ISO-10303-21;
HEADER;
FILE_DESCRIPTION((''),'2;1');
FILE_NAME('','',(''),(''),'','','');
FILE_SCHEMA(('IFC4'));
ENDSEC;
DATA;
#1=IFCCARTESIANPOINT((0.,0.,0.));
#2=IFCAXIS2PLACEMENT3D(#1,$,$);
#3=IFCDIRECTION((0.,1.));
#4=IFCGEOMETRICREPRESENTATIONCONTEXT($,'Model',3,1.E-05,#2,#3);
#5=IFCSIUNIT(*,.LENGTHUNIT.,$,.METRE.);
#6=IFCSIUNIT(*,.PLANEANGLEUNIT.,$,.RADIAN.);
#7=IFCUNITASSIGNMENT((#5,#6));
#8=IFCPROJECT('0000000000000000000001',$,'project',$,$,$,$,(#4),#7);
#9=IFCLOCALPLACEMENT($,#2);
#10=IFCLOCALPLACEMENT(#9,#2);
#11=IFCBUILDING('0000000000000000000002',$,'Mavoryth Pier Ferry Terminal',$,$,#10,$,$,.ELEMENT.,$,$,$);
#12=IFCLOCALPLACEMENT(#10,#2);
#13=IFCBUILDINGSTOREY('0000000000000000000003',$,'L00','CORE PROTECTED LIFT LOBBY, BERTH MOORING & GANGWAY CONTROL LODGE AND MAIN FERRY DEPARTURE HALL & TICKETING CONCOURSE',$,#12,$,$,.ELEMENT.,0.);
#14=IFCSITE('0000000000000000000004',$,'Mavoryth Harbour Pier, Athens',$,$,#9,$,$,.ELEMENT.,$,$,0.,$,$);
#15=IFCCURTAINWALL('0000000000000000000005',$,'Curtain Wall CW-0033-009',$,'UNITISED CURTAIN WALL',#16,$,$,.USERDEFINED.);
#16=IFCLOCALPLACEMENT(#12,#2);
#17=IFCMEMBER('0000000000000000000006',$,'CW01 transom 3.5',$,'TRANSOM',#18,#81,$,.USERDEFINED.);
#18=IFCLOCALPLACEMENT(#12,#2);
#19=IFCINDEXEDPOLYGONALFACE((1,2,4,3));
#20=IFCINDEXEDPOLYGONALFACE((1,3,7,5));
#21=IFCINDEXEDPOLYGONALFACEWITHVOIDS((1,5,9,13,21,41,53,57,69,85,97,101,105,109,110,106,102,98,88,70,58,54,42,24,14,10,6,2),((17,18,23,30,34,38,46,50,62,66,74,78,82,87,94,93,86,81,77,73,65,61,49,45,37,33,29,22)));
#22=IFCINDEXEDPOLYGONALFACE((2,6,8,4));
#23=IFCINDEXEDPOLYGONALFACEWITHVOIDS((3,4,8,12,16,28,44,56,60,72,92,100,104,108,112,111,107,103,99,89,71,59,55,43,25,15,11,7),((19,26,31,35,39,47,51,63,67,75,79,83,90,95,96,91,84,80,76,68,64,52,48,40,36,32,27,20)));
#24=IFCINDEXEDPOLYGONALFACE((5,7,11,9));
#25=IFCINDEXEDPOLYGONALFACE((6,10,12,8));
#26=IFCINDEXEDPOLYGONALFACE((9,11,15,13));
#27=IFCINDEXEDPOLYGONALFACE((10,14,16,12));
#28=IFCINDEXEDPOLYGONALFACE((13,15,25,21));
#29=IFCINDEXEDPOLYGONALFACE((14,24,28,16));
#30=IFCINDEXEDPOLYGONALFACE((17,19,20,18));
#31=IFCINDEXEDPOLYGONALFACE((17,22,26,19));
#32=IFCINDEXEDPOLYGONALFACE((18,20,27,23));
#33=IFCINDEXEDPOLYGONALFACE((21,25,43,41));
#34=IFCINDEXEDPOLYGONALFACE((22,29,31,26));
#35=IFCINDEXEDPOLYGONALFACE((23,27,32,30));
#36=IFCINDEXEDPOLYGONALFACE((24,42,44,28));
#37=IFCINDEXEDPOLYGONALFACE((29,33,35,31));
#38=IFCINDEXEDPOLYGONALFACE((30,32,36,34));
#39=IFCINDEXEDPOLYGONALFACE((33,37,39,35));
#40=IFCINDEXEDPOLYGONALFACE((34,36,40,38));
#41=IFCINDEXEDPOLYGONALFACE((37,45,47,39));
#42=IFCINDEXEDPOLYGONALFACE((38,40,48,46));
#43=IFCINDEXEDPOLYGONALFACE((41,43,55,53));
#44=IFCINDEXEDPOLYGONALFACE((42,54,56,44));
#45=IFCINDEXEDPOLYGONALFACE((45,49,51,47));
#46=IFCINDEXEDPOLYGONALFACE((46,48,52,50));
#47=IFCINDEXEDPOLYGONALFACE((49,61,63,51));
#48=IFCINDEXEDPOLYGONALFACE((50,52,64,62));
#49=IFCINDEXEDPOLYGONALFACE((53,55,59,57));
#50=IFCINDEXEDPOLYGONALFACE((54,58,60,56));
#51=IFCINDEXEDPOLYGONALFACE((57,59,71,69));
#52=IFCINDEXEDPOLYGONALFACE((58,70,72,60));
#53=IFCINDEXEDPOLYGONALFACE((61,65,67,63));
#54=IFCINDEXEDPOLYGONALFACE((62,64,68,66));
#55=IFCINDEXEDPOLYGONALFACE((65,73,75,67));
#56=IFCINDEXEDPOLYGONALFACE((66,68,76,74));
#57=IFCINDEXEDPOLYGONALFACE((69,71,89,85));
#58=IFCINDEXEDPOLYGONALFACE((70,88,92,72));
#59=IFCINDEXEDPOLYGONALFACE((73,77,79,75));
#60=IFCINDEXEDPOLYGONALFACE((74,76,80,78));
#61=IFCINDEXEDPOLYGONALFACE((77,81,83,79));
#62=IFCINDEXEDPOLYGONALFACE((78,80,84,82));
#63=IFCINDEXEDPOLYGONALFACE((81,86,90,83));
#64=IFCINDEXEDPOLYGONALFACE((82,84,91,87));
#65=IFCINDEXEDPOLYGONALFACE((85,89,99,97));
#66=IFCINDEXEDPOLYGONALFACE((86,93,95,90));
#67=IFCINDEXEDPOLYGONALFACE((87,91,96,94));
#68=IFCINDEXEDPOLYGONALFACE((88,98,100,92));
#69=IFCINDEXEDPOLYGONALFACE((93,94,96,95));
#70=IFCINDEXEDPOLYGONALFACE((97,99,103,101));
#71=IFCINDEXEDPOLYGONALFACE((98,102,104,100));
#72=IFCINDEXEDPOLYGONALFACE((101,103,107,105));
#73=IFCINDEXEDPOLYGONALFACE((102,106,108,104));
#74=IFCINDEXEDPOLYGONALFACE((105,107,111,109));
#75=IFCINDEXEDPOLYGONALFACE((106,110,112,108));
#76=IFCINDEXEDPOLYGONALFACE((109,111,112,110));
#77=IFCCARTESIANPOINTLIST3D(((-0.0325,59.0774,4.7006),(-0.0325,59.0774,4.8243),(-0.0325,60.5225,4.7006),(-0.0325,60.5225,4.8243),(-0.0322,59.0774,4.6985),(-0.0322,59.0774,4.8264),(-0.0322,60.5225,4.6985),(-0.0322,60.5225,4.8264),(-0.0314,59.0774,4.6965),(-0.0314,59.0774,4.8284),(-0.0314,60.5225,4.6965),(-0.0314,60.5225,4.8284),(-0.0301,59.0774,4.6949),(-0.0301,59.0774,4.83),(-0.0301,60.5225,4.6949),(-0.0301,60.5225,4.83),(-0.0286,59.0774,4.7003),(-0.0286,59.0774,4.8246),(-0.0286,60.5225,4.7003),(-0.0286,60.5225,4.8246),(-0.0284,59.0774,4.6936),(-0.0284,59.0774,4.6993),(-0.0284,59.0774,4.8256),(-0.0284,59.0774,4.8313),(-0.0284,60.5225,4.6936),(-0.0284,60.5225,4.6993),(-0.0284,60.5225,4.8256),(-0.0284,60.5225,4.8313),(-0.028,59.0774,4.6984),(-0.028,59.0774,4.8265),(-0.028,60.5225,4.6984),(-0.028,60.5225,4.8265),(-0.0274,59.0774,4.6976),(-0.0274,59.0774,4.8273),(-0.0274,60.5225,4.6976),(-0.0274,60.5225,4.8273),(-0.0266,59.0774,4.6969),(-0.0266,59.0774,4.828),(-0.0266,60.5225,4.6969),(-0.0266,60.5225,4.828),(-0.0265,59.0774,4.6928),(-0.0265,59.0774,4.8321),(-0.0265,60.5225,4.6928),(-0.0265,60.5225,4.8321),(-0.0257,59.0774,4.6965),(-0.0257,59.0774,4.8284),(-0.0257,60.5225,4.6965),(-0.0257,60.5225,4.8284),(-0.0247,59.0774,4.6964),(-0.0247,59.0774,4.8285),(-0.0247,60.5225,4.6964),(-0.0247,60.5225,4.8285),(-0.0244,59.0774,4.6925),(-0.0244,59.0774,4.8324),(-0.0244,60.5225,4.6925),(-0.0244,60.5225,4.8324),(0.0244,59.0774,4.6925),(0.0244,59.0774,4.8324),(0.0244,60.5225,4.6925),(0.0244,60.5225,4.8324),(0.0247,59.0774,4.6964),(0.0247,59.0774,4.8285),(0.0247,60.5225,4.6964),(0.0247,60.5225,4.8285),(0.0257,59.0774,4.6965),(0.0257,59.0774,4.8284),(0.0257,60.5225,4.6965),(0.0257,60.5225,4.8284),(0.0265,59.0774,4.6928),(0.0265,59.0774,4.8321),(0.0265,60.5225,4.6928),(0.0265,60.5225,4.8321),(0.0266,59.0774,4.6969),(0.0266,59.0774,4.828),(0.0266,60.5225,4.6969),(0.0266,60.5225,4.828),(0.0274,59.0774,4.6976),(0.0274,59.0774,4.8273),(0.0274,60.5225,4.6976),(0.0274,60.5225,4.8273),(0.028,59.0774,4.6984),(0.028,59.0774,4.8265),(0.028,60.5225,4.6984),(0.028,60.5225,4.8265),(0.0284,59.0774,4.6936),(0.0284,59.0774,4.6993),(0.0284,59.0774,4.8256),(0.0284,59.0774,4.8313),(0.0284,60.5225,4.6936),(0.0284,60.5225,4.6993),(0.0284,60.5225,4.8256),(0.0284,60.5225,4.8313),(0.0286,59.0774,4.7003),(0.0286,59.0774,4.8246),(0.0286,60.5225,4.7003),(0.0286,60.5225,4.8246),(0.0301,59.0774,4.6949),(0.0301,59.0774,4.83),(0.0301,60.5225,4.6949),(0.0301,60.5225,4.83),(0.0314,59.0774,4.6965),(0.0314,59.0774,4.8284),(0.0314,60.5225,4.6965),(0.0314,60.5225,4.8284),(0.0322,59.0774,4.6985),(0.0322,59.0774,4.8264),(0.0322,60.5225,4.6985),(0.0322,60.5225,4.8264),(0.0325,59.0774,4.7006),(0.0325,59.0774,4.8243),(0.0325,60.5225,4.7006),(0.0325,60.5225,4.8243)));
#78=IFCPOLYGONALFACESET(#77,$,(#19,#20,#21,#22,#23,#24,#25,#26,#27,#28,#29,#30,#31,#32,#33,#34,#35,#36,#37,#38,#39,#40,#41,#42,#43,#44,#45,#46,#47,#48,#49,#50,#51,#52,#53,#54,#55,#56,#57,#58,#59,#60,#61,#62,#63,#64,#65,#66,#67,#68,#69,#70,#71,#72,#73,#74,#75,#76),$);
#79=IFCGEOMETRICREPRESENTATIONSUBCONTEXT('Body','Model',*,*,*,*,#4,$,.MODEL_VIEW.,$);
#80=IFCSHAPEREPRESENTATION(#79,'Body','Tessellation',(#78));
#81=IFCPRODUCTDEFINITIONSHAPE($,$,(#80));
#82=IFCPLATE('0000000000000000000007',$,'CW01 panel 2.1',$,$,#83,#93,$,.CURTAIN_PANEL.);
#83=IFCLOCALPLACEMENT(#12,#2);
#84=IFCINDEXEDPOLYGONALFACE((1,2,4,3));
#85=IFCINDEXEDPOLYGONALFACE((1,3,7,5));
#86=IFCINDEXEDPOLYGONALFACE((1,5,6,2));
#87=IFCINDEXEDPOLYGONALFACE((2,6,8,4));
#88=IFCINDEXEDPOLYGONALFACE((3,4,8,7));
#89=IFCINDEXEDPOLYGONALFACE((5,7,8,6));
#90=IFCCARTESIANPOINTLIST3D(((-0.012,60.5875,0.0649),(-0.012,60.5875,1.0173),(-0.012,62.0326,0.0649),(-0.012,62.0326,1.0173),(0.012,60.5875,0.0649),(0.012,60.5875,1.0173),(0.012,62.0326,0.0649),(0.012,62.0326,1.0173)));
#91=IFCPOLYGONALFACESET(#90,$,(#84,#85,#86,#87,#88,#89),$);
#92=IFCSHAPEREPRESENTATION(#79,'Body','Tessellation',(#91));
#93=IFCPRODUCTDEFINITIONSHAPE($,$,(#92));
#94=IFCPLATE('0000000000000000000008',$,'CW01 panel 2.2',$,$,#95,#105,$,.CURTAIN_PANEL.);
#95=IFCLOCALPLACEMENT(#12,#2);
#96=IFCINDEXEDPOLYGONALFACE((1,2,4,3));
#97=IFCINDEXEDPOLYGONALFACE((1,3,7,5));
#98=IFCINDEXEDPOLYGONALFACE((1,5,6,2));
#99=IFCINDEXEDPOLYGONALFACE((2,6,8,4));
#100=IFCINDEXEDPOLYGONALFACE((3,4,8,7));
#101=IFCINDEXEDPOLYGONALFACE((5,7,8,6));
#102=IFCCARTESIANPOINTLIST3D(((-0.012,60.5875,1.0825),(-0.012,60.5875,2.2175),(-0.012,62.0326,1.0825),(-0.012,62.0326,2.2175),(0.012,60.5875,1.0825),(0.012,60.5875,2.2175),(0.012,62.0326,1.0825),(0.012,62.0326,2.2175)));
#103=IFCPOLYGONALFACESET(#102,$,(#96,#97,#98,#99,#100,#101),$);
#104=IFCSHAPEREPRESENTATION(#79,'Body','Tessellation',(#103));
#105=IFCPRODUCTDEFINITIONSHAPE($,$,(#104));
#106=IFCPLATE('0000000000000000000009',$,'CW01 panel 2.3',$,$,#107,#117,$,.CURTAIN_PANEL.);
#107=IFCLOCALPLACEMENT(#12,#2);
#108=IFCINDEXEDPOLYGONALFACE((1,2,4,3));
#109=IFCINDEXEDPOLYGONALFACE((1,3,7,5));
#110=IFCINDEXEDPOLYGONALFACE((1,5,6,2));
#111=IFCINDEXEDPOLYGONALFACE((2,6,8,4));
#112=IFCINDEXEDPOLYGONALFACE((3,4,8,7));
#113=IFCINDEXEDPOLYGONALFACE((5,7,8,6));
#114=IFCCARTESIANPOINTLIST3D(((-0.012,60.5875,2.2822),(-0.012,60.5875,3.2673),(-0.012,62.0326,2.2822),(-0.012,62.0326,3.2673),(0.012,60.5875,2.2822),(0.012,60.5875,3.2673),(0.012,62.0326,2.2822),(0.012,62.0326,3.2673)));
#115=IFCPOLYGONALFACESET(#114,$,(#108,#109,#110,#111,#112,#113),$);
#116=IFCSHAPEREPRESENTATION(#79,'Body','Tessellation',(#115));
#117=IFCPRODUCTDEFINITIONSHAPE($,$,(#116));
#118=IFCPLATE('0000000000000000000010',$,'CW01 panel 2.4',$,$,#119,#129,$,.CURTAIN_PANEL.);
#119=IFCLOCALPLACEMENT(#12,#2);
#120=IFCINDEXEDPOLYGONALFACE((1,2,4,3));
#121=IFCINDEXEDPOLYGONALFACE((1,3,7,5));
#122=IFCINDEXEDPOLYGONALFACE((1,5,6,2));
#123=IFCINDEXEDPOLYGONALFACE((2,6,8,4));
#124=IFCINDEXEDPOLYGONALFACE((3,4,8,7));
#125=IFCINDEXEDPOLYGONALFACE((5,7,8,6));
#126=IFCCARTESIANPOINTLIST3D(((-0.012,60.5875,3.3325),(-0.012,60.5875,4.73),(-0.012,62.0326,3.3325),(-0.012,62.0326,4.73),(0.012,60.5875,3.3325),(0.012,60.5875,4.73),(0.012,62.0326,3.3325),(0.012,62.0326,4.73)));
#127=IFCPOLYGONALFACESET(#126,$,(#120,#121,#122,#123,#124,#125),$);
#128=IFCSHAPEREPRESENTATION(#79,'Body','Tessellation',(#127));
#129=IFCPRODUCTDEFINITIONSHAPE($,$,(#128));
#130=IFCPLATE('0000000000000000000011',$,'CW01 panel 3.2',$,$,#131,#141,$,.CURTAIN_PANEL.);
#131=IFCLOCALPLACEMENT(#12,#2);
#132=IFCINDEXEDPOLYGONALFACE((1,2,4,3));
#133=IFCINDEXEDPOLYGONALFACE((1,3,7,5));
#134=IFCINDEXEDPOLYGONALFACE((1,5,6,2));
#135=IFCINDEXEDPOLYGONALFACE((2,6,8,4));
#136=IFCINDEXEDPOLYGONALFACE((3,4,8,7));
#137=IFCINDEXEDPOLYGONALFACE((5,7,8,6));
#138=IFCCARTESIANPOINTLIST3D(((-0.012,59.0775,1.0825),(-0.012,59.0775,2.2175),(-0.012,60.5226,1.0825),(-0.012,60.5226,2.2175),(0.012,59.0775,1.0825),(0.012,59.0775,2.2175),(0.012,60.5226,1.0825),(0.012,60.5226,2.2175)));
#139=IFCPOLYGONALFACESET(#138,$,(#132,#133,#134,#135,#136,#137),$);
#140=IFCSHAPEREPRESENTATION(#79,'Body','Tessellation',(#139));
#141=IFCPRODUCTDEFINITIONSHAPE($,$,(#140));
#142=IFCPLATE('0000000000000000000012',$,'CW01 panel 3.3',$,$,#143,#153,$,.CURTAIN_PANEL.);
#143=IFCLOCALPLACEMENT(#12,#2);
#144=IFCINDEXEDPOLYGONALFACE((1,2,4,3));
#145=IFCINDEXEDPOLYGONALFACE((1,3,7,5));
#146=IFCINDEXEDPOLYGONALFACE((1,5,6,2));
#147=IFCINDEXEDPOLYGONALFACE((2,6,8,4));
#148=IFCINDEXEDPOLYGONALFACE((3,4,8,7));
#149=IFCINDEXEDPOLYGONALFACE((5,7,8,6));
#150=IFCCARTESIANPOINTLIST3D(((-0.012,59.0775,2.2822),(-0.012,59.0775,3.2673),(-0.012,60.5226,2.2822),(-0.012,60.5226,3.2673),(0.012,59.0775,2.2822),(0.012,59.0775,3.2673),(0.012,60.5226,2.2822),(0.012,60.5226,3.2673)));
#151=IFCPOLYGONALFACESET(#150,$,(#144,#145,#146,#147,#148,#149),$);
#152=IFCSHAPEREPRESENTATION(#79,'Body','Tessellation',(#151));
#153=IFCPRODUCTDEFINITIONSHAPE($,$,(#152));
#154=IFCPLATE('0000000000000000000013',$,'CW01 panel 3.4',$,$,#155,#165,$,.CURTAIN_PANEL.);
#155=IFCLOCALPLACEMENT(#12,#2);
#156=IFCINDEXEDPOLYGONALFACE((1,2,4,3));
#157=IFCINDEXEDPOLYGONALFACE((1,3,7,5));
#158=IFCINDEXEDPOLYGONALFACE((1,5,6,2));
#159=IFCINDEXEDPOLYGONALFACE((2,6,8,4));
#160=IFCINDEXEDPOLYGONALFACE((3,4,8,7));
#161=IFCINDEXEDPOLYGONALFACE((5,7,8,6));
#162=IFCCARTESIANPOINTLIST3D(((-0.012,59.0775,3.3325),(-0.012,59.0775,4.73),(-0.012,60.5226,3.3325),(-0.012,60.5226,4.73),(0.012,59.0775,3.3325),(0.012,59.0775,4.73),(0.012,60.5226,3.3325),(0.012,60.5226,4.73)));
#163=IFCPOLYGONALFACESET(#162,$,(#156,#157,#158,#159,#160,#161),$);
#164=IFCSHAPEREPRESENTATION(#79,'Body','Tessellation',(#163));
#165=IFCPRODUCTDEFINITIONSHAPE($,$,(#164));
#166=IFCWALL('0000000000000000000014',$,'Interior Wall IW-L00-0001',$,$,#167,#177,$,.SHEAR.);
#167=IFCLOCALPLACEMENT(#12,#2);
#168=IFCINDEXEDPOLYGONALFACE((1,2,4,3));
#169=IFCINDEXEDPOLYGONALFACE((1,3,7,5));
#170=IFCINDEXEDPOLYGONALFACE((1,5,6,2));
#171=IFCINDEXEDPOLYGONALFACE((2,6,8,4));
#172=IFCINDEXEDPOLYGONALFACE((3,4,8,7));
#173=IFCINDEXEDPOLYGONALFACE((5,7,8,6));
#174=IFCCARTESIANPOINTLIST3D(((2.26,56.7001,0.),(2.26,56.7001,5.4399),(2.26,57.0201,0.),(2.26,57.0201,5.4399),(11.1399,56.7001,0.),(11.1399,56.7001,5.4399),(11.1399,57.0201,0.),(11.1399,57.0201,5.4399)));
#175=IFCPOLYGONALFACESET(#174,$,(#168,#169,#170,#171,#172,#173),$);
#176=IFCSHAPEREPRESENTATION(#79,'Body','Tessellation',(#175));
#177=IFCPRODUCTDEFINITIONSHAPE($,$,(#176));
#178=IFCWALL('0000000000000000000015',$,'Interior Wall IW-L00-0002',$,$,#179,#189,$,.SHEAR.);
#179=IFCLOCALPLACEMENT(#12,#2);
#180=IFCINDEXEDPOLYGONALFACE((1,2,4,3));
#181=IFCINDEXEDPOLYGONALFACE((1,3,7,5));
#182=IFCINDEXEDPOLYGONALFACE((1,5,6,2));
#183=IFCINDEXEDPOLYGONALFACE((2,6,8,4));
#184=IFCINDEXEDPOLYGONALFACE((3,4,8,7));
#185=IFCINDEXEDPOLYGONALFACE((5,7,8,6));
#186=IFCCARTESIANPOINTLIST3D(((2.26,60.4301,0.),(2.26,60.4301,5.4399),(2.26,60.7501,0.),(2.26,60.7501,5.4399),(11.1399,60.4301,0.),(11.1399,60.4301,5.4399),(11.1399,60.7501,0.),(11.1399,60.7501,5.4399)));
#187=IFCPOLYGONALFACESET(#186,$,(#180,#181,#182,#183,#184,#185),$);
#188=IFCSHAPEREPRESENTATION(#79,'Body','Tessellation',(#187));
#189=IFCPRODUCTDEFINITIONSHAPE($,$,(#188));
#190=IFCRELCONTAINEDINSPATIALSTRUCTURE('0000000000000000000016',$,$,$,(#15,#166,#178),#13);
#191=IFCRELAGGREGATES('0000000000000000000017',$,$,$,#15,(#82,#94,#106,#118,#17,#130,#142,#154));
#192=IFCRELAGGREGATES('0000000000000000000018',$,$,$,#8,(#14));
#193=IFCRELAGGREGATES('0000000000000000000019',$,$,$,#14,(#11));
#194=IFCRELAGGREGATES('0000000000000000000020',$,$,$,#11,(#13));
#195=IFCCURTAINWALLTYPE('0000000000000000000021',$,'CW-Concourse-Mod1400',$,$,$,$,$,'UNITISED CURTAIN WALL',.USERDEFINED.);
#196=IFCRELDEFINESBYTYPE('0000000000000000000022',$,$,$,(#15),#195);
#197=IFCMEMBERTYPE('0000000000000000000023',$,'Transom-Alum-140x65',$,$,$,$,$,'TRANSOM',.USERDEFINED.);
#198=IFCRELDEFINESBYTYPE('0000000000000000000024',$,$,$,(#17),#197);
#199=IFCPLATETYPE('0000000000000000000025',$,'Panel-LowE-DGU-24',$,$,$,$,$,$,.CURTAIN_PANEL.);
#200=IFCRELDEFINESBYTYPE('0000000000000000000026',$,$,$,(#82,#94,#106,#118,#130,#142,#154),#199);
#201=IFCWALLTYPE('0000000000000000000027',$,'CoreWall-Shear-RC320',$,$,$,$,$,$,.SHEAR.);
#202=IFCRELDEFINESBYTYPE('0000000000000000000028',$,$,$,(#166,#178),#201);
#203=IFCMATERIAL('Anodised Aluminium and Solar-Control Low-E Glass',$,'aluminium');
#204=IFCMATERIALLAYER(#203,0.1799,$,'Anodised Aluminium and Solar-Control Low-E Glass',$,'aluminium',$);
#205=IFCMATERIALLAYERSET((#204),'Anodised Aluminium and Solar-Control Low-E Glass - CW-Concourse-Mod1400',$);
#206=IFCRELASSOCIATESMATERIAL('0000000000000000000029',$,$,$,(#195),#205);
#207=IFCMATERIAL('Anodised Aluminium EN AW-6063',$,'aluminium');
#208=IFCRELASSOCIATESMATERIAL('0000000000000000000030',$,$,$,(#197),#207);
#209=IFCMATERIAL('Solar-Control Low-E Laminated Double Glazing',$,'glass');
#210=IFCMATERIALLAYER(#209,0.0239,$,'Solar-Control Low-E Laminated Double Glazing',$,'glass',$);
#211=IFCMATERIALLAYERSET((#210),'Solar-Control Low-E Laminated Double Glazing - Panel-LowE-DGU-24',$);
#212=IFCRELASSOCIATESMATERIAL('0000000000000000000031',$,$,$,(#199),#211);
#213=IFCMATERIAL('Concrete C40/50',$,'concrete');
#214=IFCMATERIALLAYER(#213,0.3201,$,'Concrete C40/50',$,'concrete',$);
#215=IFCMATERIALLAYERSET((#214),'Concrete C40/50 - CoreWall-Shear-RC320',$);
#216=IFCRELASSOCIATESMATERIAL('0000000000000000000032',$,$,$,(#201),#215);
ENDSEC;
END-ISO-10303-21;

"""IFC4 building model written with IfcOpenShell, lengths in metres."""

from ifc_helpers import new_model, si_unit, direction, frame, frame_2d, origin, origin_2d, place, context, subcontext, project, spatial, rectangle, hollow_rectangle, extrude, material, layer, layer_set, material_profile, profile_set, type_object, element, aggregate, save


model = new_model("IFC4")

# Units and contexts
model_context = context("Model", 3, precision=1e-05, world=origin(), true_north=direction((0.0, 1.0)))
body_context = subcontext(model_context, "Body", "Model", "MODEL_VIEW")
ifc_project = project(units=[si_unit("LENGTHUNIT", "METRE"), si_unit("PLANEANGLEUNIT", "RADIAN")], contexts=[model_context])

# Site, building, storey
site_placement = place(None, origin())
site = spatial("IfcSite", under=ifc_project, at=site_placement, Name="Mavoryth Harbour Pier, Athens", CompositionType="ELEMENT", RefElevation=0.0)
building_placement = place(site_placement, origin())
building = spatial("IfcBuilding", under=site, at=building_placement, Name="Mavoryth Pier Ferry Terminal", CompositionType="ELEMENT")
storey_placement = place(building_placement, origin())
storey = spatial("IfcBuildingStorey", under=building, at=storey_placement, Name="L00", Description="CORE PROTECTED LIFT LOBBY, BERTH MOORING & GANGWAY CONTROL LODGE AND MAIN FERRY DEPARTURE HALL & TICKETING CONCOURSE", CompositionType="ELEMENT", Elevation=0.0)

# Curtain wall, member, plates
ifc_material_1 = material(Name="Anodised Aluminium and Solar-Control Low-E Glass", Category="aluminium")
ifc_layer_1 = layer(ifc_material_1, 0.1799, Name="Anodised Aluminium and Solar-Control Low-E Glass", Category="aluminium")
ifc_layer_set_1 = layer_set([ifc_layer_1], Name="Anodised Aluminium and Solar-Control Low-E Glass - CW-Concourse-Mod1400")
curtain_wall_type = type_object("IfcCurtainWallType", Name="CW-Concourse-Mod1400", ElementType="UNITISED CURTAIN WALL", PredefinedType="USERDEFINED", material=ifc_layer_set_1)
curtain_wall_placement = place(storey_placement, origin())
curtain_wall = element("IfcCurtainWall", 1, at=curtain_wall_placement, inside=storey, type_object=curtain_wall_type, Name="Curtain Wall CW-0033-009", ObjectType="UNITISED CURTAIN WALL", PredefinedType="USERDEFINED")
ifc_material_2 = material(Name="Anodised Aluminium EN AW-6063", Category="aluminium")
ifc_material_profile_1 = material_profile(ifc_material_2, hollow_rectangle(XDim=0.0649, YDim=0.1399, WallThickness=0.0039, InnerFilletRadius=0.0039, OuterFilletRadius=0.0081, at=origin_2d()), Name="AL-TRAN 140x65x4", Category="aluminium")
ifc_profile_set_1 = profile_set([ifc_material_profile_1], Name="Anodised Aluminium EN AW-6063 - AL-TRAN 140x65x4")
member_type_1 = type_object("IfcMemberType", Name="Transom-Alum-140x65", ElementType="TRANSOM", PredefinedType="USERDEFINED", material=ifc_profile_set_1)
member_1_placement = place(storey_placement, frame((0.0, 60.5225, 4.7625), z_axis=(0.0, -1.0, 0.0), x_axis=(1.0, 0.0, 0.0)))
member_1 = element("IfcMember", 2, at=member_1_placement, type_object=member_type_1, Name="CW01 transom 3.5", ObjectType="TRANSOM", PredefinedType="USERDEFINED", context=body_context, shape_type="SweptSolid", body=[
    extrude(hollow_rectangle(XDim=0.0649, YDim=0.1399, WallThickness=0.0039, InnerFilletRadius=0.0039, OuterFilletRadius=0.0081, at=origin_2d()), origin(), (0.0, 0.0, 1.0), 1.4451),
])
ifc_material_3 = material(Name="Solar-Control Low-E Laminated Double Glazing", Category="glass")
ifc_layer_2 = layer(ifc_material_3, 0.0239, Name="Solar-Control Low-E Laminated Double Glazing", Category="glass")
ifc_layer_set_2 = layer_set([ifc_layer_2], Name="Solar-Control Low-E Laminated Double Glazing - Panel-LowE-DGU-24")
plate_type = type_object("IfcPlateType", Name="Panel-LowE-DGU-24", PredefinedType="CURTAIN_PANEL", material=ifc_layer_set_2)
plate_1_placement = place(storey_placement, frame((0.0, 61.3101, 0.0649), z_axis=(0.0, 0.0, 1.0), x_axis=(0.0, -1.0, 0.0)))
plate_1 = element("IfcPlate", 3, at=plate_1_placement, type_object=plate_type, Name="CW01 panel 2.1", PredefinedType="CURTAIN_PANEL", context=body_context, shape_type="SweptSolid", body=[
    extrude(rectangle(XDim=1.4451, YDim=0.0239, at=origin_2d()), origin(), (0.0, 0.0, 1.0), 0.9524),
])
plate_2_placement = place(storey_placement, frame((0.0, 61.3101, 1.0825), z_axis=(0.0, 0.0, 1.0), x_axis=(0.0, -1.0, 0.0)))
plate_2 = element("IfcPlate", 4, at=plate_2_placement, type_object=plate_type, Name="CW01 panel 2.2", PredefinedType="CURTAIN_PANEL", context=body_context, shape_type="SweptSolid", body=[
    extrude(rectangle(XDim=1.4451, YDim=0.0239, at=origin_2d()), origin(), (0.0, 0.0, 1.0), 1.135),
])
plate_3_placement = place(storey_placement, frame((0.0, 61.3101, 2.2822), z_axis=(0.0, 0.0, 1.0), x_axis=(0.0, -1.0, 0.0)))
plate_3 = element("IfcPlate", 5, at=plate_3_placement, type_object=plate_type, Name="CW01 panel 2.3", PredefinedType="CURTAIN_PANEL", context=body_context, shape_type="SweptSolid", body=[
    extrude(rectangle(XDim=1.4451, YDim=0.0239, at=origin_2d()), origin(), (0.0, 0.0, 1.0), 0.9851),
])
plate_4_placement = place(storey_placement, frame((0.0, 61.3101, 3.3325), z_axis=(0.0, 0.0, 1.0), x_axis=(0.0, -1.0, 0.0)))
plate_4 = element("IfcPlate", 6, at=plate_4_placement, type_object=plate_type, Name="CW01 panel 2.4", PredefinedType="CURTAIN_PANEL", context=body_context, shape_type="SweptSolid", body=[
    extrude(rectangle(XDim=1.4451, YDim=0.0239, at=origin_2d()), origin(), (0.0, 0.0, 1.0), 1.3975),
])
plate_5_placement = place(storey_placement, frame((0.0, 59.8, 1.0825), z_axis=(0.0, 0.0, 1.0), x_axis=(0.0, -1.0, 0.0)))
plate_5 = element("IfcPlate", 7, at=plate_5_placement, type_object=plate_type, Name="CW01 panel 3.2", PredefinedType="CURTAIN_PANEL", context=body_context, shape_type="SweptSolid", body=[
    extrude(rectangle(XDim=1.4451, YDim=0.0239, at=origin_2d()), origin(), (0.0, 0.0, 1.0), 1.135),
])
plate_6_placement = place(storey_placement, frame((0.0, 59.8, 2.2822), z_axis=(0.0, 0.0, 1.0), x_axis=(0.0, -1.0, 0.0)))
plate_6 = element("IfcPlate", 8, at=plate_6_placement, type_object=plate_type, Name="CW01 panel 3.3", PredefinedType="CURTAIN_PANEL", context=body_context, shape_type="SweptSolid", body=[
    extrude(rectangle(XDim=1.4451, YDim=0.0239, at=origin_2d()), origin(), (0.0, 0.0, 1.0), 0.9851),
])
plate_7_placement = place(storey_placement, frame((0.0, 59.8, 3.3325), z_axis=(0.0, 0.0, 1.0), x_axis=(0.0, -1.0, 0.0)))
plate_7 = element("IfcPlate", 9, at=plate_7_placement, type_object=plate_type, Name="CW01 panel 3.4", PredefinedType="CURTAIN_PANEL", context=body_context, shape_type="SweptSolid", body=[
    extrude(rectangle(XDim=1.4451, YDim=0.0239, at=origin_2d()), origin(), (0.0, 0.0, 1.0), 1.3975),
])
aggregate(curtain_wall, [plate_1, plate_2, plate_3, plate_4, member_1, plate_5, plate_6, plate_7])

# Walls
ifc_material_4 = material(Name="Concrete C40/50", Category="concrete")
ifc_layer_3 = layer(ifc_material_4, 0.3201, Name="Concrete C40/50", Category="concrete")
ifc_layer_set_3 = layer_set([ifc_layer_3], Name="Concrete C40/50 - CoreWall-Shear-RC320")
wall_type = type_object("IfcWallType", Name="CoreWall-Shear-RC320", PredefinedType="SHEAR", material=ifc_layer_set_3)
for number, where, z_axis, x_axis, name in (
    (10, (2.26, 56.8601, 0.0), (0.0, 0.0, 1.0), (1.0, 0.0, 0.0), "Interior Wall IW-L00-0001"),
    (11, (2.26, 60.5901, 0.0), (0.0, 0.0, 1.0), (1.0, 0.0, 0.0), "Interior Wall IW-L00-0002"),
):
    element("IfcWall", number, at=place(storey_placement, frame(where, z_axis=z_axis, x_axis=x_axis)), inside=storey, type_object=wall_type, Name=name, PredefinedType="SHEAR", context=body_context, shape_type="SweptSolid", body=[
        extrude(rectangle(XDim=8.8799, YDim=0.3201, at=frame_2d((4.4399, 0.0))), origin(), (0.0, 0.0, 1.0), 5.4399),
    ])

save(model, "model.ifc")
